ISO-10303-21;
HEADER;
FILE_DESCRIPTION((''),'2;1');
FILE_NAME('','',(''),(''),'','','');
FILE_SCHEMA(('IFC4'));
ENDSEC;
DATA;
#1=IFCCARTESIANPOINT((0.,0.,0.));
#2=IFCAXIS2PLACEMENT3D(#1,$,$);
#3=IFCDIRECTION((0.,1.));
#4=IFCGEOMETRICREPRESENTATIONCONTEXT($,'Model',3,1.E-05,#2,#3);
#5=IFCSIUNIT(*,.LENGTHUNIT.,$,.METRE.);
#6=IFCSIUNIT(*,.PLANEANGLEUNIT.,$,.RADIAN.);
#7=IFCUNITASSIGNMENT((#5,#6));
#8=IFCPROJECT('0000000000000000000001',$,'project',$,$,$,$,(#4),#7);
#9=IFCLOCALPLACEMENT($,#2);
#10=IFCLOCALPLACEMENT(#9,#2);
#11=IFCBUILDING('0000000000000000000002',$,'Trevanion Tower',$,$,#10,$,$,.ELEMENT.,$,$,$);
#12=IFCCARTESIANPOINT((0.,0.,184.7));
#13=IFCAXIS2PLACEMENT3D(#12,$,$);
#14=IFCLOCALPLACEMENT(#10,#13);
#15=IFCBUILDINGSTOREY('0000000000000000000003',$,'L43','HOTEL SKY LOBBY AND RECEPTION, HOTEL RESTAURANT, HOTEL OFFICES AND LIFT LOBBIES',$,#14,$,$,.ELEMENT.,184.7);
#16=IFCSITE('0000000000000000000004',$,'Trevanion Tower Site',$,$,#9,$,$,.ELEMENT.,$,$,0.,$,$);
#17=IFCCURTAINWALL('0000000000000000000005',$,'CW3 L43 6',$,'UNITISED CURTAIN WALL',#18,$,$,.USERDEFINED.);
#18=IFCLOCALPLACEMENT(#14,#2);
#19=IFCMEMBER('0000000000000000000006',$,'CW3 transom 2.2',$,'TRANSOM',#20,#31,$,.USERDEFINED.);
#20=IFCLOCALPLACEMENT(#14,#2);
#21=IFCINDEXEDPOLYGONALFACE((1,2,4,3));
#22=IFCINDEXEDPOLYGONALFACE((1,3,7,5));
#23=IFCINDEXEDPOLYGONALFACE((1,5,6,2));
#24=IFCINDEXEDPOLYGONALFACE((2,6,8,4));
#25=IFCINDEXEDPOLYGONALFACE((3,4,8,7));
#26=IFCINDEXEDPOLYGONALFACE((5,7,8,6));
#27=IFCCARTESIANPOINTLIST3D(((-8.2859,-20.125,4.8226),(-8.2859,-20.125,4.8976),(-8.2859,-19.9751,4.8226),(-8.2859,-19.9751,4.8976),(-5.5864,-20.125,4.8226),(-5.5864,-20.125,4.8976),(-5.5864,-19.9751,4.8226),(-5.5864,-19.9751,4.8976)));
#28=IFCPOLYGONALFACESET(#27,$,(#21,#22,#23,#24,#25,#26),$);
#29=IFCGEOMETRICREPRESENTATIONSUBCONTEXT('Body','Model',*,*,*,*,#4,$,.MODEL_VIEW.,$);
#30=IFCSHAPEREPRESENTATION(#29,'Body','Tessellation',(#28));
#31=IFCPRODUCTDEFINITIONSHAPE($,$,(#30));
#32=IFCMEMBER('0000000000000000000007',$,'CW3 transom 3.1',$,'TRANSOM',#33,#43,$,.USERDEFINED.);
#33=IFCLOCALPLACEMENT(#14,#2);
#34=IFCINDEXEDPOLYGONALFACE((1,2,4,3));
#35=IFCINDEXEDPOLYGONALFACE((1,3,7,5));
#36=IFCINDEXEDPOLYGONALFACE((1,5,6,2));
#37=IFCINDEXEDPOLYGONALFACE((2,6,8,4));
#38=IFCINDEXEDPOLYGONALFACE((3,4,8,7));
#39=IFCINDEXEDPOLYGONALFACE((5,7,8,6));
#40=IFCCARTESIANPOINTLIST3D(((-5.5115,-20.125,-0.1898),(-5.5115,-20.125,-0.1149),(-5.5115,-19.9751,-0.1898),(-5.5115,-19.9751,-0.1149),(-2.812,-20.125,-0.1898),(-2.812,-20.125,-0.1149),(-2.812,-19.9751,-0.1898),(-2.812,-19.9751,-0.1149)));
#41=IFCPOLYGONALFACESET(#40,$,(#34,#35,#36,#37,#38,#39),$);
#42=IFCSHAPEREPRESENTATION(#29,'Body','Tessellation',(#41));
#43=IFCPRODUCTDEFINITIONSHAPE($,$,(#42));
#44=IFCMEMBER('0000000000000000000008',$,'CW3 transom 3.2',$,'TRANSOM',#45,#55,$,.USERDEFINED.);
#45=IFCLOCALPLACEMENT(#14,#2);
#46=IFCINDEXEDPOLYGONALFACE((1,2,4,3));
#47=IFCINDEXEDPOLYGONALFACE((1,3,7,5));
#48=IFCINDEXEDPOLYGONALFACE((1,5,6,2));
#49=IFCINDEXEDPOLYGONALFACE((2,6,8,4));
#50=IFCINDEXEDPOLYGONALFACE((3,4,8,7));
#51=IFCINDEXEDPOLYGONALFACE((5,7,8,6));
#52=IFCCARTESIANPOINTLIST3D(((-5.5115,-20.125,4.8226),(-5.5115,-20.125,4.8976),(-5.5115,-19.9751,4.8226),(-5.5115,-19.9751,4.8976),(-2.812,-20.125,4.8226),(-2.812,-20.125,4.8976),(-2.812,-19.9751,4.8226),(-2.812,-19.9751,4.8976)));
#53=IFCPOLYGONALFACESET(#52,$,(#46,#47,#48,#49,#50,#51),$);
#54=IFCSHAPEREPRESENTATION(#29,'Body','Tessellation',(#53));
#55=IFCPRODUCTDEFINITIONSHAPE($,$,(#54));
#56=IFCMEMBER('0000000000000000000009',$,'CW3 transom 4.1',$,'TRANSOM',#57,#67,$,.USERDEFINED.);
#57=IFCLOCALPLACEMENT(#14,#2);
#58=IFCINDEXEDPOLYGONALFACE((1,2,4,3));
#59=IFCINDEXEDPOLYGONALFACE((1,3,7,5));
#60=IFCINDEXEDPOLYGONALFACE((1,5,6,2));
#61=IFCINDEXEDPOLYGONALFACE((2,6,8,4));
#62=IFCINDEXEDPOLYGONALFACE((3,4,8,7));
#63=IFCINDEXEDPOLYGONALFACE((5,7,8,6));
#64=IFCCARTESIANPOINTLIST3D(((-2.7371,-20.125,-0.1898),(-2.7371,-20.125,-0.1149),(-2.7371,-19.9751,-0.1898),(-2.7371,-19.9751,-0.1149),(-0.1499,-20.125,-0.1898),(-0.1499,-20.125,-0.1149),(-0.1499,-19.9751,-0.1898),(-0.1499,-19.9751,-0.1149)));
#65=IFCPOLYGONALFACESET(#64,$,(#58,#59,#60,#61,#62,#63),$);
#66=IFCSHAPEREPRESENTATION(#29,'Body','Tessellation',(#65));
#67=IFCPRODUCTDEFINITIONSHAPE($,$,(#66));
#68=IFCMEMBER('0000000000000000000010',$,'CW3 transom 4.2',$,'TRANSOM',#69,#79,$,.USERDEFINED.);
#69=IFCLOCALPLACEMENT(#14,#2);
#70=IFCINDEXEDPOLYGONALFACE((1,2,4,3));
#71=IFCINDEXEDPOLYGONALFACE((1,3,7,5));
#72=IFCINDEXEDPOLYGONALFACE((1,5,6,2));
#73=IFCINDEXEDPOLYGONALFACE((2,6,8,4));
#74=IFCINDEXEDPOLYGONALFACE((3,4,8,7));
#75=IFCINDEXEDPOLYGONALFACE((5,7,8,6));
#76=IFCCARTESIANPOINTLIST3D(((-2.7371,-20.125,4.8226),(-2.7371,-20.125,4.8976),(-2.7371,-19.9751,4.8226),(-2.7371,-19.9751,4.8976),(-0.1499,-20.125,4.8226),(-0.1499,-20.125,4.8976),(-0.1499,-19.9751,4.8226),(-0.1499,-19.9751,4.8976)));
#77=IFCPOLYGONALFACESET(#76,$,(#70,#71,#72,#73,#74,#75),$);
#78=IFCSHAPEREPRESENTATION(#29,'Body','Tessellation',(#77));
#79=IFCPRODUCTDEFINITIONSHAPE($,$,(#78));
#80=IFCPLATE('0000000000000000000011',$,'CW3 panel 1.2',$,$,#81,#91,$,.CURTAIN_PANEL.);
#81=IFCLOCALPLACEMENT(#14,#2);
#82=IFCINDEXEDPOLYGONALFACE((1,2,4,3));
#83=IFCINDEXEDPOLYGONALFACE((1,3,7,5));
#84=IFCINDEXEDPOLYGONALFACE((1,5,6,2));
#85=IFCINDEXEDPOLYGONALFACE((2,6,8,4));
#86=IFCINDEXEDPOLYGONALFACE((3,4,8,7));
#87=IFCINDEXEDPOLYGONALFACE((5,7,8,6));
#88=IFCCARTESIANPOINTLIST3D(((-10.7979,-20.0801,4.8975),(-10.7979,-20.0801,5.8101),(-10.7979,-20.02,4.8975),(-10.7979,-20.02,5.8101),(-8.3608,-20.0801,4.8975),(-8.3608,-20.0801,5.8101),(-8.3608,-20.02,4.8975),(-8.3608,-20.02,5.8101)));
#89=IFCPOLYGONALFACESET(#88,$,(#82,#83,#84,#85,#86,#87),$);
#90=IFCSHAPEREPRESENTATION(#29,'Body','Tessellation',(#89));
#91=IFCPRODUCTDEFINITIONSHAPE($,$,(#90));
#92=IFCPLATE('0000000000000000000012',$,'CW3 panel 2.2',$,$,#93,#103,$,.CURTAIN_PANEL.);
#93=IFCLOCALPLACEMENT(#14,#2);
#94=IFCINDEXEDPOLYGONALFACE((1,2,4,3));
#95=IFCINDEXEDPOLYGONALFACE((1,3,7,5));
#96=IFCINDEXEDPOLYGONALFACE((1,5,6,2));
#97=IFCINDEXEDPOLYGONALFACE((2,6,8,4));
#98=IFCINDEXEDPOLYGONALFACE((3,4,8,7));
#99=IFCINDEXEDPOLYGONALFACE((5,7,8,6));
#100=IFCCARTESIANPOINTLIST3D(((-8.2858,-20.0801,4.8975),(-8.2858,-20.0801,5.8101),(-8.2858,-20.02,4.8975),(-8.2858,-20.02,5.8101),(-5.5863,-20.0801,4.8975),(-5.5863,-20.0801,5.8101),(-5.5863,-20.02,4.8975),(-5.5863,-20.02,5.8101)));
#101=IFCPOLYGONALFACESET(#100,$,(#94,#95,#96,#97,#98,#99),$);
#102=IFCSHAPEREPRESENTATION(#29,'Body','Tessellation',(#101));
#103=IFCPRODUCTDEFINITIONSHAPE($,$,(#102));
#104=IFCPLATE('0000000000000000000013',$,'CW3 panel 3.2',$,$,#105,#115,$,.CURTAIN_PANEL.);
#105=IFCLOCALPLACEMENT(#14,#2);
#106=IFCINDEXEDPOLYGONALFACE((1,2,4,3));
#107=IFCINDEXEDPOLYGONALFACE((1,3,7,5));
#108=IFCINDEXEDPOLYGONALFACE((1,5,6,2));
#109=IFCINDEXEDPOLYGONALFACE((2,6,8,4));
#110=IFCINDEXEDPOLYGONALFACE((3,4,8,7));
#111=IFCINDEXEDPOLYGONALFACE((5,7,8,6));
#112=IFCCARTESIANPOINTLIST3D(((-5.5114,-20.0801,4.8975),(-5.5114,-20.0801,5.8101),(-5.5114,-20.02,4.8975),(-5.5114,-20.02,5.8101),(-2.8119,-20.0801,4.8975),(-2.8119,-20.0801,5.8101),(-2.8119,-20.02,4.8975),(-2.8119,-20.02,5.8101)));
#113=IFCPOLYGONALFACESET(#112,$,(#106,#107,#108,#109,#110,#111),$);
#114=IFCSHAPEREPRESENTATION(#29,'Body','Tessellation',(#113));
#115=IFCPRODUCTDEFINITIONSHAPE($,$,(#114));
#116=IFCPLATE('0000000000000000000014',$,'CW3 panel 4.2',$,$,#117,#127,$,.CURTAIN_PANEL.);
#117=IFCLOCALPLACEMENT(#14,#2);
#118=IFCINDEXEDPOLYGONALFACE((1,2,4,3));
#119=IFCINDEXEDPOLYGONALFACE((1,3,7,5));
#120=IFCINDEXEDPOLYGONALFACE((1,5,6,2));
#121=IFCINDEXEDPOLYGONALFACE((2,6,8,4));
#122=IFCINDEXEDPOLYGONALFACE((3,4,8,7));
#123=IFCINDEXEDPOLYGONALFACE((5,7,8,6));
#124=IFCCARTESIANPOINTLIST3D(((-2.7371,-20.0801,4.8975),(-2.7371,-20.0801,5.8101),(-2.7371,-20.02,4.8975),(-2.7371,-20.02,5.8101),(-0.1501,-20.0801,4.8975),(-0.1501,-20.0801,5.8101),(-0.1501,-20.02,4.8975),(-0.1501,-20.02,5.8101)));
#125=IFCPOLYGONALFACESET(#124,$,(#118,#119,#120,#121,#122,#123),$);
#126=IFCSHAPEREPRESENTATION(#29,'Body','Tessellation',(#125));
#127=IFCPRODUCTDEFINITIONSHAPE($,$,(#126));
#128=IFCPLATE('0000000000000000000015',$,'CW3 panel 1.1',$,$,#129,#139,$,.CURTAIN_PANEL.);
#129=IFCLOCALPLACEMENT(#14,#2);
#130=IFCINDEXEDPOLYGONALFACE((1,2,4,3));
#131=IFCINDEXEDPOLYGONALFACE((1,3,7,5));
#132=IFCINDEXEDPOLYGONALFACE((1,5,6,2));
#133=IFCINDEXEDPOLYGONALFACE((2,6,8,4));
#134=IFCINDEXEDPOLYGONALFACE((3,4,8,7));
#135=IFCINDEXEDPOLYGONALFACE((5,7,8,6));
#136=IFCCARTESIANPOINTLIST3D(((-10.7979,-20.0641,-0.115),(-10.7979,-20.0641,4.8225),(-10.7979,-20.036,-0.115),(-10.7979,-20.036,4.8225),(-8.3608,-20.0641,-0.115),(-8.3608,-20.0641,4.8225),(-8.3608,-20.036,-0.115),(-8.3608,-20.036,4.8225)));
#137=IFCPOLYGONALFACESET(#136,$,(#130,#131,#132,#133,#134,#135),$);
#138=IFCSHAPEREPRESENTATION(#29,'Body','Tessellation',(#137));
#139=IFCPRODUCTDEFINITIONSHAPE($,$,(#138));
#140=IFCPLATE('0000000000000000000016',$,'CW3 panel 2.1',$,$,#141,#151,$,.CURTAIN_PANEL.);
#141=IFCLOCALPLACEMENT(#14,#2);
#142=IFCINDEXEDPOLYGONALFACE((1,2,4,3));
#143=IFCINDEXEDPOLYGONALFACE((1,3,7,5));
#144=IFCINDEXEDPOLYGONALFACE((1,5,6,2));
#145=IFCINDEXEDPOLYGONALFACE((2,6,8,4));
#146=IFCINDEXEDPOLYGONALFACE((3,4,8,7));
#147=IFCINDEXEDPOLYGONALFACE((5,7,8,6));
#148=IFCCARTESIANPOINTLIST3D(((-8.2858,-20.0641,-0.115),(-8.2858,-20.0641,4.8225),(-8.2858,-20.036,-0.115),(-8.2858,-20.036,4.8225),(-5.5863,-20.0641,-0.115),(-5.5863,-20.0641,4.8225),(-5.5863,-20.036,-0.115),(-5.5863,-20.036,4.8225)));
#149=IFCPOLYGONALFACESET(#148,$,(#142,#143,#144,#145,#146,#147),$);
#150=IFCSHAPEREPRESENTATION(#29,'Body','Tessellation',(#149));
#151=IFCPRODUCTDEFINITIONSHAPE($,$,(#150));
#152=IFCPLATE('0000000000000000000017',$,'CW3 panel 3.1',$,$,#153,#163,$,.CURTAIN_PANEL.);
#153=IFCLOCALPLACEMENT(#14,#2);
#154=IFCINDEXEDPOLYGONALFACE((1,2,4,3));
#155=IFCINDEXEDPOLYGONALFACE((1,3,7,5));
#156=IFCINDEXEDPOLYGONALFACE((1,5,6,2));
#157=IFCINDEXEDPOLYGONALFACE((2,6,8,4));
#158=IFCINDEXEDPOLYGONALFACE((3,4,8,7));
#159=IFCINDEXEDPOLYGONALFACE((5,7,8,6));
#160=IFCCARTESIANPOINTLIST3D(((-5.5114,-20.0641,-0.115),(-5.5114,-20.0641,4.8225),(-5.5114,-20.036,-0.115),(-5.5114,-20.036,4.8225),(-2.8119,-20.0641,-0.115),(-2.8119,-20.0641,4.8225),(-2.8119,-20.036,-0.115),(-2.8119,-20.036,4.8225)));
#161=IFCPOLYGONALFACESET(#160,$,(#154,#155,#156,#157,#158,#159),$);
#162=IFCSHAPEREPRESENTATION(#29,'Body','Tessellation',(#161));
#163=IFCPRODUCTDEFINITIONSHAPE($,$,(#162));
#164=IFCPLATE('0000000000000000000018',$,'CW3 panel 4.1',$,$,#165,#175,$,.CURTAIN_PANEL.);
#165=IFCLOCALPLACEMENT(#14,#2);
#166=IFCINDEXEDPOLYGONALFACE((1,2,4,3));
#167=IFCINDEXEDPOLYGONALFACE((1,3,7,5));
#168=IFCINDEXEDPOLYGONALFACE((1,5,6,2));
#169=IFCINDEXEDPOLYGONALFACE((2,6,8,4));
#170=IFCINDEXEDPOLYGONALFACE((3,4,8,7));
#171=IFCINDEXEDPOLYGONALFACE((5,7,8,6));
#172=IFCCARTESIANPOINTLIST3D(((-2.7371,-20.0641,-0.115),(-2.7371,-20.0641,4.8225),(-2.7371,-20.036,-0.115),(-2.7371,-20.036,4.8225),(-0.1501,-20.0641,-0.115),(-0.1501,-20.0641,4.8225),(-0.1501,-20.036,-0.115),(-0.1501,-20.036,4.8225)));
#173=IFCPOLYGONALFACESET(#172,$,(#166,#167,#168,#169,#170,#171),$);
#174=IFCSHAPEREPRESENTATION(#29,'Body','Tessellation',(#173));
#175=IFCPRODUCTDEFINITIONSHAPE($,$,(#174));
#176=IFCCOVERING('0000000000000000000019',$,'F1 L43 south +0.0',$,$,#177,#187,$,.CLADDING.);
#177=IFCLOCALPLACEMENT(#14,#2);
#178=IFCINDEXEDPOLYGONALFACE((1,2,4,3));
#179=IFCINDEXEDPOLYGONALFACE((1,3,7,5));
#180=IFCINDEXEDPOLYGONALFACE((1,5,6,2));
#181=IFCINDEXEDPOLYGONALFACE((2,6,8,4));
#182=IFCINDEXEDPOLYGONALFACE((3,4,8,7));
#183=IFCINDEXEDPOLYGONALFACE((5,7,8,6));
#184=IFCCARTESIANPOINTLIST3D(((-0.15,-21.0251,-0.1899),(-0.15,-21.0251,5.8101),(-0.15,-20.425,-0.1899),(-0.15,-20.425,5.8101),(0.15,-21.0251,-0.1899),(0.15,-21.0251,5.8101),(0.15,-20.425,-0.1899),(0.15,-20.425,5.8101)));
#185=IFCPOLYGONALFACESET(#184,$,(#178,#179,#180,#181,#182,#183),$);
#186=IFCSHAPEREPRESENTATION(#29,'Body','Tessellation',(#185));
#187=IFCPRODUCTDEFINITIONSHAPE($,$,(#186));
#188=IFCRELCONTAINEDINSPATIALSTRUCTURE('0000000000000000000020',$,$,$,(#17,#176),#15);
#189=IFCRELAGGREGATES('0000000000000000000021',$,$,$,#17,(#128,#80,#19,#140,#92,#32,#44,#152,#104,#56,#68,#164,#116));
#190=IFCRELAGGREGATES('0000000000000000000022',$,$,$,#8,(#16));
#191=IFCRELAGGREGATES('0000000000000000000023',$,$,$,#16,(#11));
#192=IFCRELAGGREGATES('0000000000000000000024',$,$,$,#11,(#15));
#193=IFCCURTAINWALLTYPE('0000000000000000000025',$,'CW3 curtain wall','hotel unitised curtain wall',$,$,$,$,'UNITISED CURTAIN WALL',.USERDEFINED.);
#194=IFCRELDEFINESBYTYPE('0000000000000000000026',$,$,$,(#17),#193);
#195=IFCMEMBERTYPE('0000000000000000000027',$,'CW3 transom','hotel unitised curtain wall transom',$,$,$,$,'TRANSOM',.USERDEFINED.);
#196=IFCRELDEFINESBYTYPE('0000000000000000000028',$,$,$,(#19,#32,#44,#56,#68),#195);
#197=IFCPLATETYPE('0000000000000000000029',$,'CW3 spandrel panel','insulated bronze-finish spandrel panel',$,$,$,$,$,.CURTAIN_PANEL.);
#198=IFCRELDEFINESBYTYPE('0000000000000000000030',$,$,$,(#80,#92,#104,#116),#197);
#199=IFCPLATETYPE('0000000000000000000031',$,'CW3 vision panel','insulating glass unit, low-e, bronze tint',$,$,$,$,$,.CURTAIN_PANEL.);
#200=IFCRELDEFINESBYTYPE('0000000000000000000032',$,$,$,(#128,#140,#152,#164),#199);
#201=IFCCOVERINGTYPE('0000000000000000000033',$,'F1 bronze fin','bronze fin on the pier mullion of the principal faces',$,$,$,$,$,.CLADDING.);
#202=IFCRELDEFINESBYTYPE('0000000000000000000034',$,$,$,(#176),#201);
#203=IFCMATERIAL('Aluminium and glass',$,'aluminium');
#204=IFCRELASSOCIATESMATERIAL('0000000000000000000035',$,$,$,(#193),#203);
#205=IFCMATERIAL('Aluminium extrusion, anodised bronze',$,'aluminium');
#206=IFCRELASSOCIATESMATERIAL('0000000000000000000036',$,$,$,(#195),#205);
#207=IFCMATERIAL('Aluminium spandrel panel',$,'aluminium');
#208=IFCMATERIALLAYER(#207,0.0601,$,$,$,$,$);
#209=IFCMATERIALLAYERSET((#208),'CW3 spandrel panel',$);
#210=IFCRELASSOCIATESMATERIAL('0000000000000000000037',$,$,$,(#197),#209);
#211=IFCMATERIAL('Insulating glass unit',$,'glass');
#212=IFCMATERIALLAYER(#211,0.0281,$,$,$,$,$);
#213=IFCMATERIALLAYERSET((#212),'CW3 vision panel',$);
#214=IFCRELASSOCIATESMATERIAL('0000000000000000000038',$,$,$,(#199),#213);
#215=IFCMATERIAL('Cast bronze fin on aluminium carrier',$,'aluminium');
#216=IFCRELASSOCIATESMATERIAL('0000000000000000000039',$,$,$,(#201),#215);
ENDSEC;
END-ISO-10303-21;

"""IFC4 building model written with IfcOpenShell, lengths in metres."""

from ifc_helpers import new_model, si_unit, direction, frame, origin, origin_2d, place, context, subcontext, project, spatial, rectangle, extrude, material, layer, layer_set, material_profile, profile_set, type_object, element, aggregate, save


model = new_model("IFC4")

# Units and contexts
model_context = context("Model", 3, precision=1e-05, world=origin(), true_north=direction((0.0, 1.0)))
body_context = subcontext(model_context, "Body", "Model", "MODEL_VIEW")
ifc_project = project(units=[si_unit("LENGTHUNIT", "METRE"), si_unit("PLANEANGLEUNIT", "RADIAN")], contexts=[model_context])

# Site, building, storey
site_placement = place(None, origin())
site = spatial("IfcSite", under=ifc_project, at=site_placement, Name="Trevanion Tower Site", CompositionType="ELEMENT", RefElevation=0.0)
building_placement = place(site_placement, origin())
building = spatial("IfcBuilding", under=site, at=building_placement, Name="Trevanion Tower", CompositionType="ELEMENT")
storey_placement = place(building_placement, frame((0.0, 0.0, 184.7)))
storey = spatial("IfcBuildingStorey", under=building, at=storey_placement, Name="L43", Description="HOTEL SKY LOBBY AND RECEPTION, HOTEL RESTAURANT, HOTEL OFFICES AND LIFT LOBBIES", CompositionType="ELEMENT", Elevation=184.7)

# Curtain wall, members, plates
ifc_material_1 = material(Name="Aluminium and glass", Category="aluminium")
curtain_wall_type = type_object("IfcCurtainWallType", Name="CW3 curtain wall", Description="hotel unitised curtain wall", ElementType="UNITISED CURTAIN WALL", PredefinedType="USERDEFINED", material=ifc_material_1)
curtain_wall_placement = place(storey_placement, origin())
curtain_wall = element("IfcCurtainWall", 1, at=curtain_wall_placement, inside=storey, type_object=curtain_wall_type, Name="CW3 L43 6", ObjectType="UNITISED CURTAIN WALL", PredefinedType="USERDEFINED")
ifc_material_2 = material(Name="Aluminium extrusion, anodised bronze", Category="aluminium")
ifc_material_profile_1 = material_profile(ifc_material_2, rectangle(XDim=0.1499, YDim=0.075, at=origin_2d()), Name="CW3 transom")
ifc_profile_set_1 = profile_set([ifc_material_profile_1], Name="Aluminium extrusion, anodised bronze")
member_type_1 = type_object("IfcMemberType", Name="CW3 transom", Description="hotel unitised curtain wall transom", ElementType="TRANSOM", PredefinedType="USERDEFINED", material=ifc_profile_set_1)
member_1_placement = place(storey_placement, frame((-8.2859, -20.05, 4.8601), z_axis=(1.0, 0.0, 0.0), x_axis=(0.0, 1.0, 0.0)))
member_1 = element("IfcMember", 2, at=member_1_placement, type_object=member_type_1, Name="CW3 transom 2.2", ObjectType="TRANSOM", PredefinedType="USERDEFINED", context=body_context, shape_type="SweptSolid", body=[
    extrude(rectangle(XDim=0.1499, YDim=0.075, at=origin_2d()), origin(), (0.0, 0.0, 1.0), 2.6995),
])
member_2_placement = place(storey_placement, frame((-5.5115, -20.05, -0.1523), z_axis=(1.0, 0.0, 0.0), x_axis=(0.0, 1.0, 0.0)))
member_2 = element("IfcMember", 3, at=member_2_placement, type_object=member_type_1, Name="CW3 transom 3.1", ObjectType="TRANSOM", PredefinedType="USERDEFINED", context=body_context, shape_type="SweptSolid", body=[
    extrude(rectangle(XDim=0.1499, YDim=0.075, at=origin_2d()), origin(), (0.0, 0.0, 1.0), 2.6995),
])
member_3_placement = place(storey_placement, frame((-5.5115, -20.05, 4.8601), z_axis=(1.0, 0.0, 0.0), x_axis=(0.0, 1.0, 0.0)))
member_3 = element("IfcMember", 4, at=member_3_placement, type_object=member_type_1, Name="CW3 transom 3.2", ObjectType="TRANSOM", PredefinedType="USERDEFINED", context=body_context, shape_type="SweptSolid", body=[
    extrude(rectangle(XDim=0.1499, YDim=0.075, at=origin_2d()), origin(), (0.0, 0.0, 1.0), 2.6995),
])
member_4_placement = place(storey_placement, frame((-2.7371, -20.05, -0.1523), z_axis=(1.0, 0.0, 0.0), x_axis=(0.0, 1.0, 0.0)))
member_4 = element("IfcMember", 5, at=member_4_placement, type_object=member_type_1, Name="CW3 transom 4.1", ObjectType="TRANSOM", PredefinedType="USERDEFINED", context=body_context, shape_type="SweptSolid", body=[
    extrude(rectangle(XDim=0.1499, YDim=0.075, at=origin_2d()), origin(), (0.0, 0.0, 1.0), 2.5872),
])
member_5_placement = place(storey_placement, frame((-2.7371, -20.05, 4.8601), z_axis=(1.0, 0.0, 0.0), x_axis=(0.0, 1.0, 0.0)))
member_5 = element("IfcMember", 6, at=member_5_placement, type_object=member_type_1, Name="CW3 transom 4.2", ObjectType="TRANSOM", PredefinedType="USERDEFINED", context=body_context, shape_type="SweptSolid", body=[
    extrude(rectangle(XDim=0.1499, YDim=0.075, at=origin_2d()), origin(), (0.0, 0.0, 1.0), 2.5872),
])
ifc_material_3 = material(Name="Aluminium spandrel panel", Category="aluminium")
ifc_layer_1 = layer(ifc_material_3, 0.0601)
ifc_layer_set_1 = layer_set([ifc_layer_1], Name="CW3 spandrel panel")
plate_type_1 = type_object("IfcPlateType", Name="CW3 spandrel panel", Description="insulated bronze-finish spandrel panel", PredefinedType="CURTAIN_PANEL", material=ifc_layer_set_1)
plate_1_placement = place(storey_placement, frame((-9.5793, -20.05, 4.8975), z_axis=(0.0, 0.0, 1.0), x_axis=(1.0, 0.0, 0.0)))
plate_1 = element("IfcPlate", 7, at=plate_1_placement, type_object=plate_type_1, Name="CW3 panel 1.2", PredefinedType="CURTAIN_PANEL", context=body_context, shape_type="SweptSolid", body=[
    extrude(rectangle(XDim=2.437, YDim=0.0601, at=origin_2d()), origin(), (0.0, 0.0, 1.0), 0.9126),
])
plate_2_placement = place(storey_placement, frame((-6.936, -20.05, 4.8975), z_axis=(0.0, 0.0, 1.0), x_axis=(1.0, 0.0, 0.0)))
plate_2 = element("IfcPlate", 8, at=plate_2_placement, type_object=plate_type_1, Name="CW3 panel 2.2", PredefinedType="CURTAIN_PANEL", context=body_context, shape_type="SweptSolid", body=[
    extrude(rectangle(XDim=2.6995, YDim=0.0601, at=origin_2d()), origin(), (0.0, 0.0, 1.0), 0.9126),
])
plate_3_placement = place(storey_placement, frame((-4.1616, -20.05, 4.8975), z_axis=(0.0, 0.0, 1.0), x_axis=(1.0, 0.0, 0.0)))
plate_3 = element("IfcPlate", 9, at=plate_3_placement, type_object=plate_type_1, Name="CW3 panel 3.2", PredefinedType="CURTAIN_PANEL", context=body_context, shape_type="SweptSolid", body=[
    extrude(rectangle(XDim=2.6995, YDim=0.0601, at=origin_2d()), origin(), (0.0, 0.0, 1.0), 0.9126),
])
plate_4_placement = place(storey_placement, frame((-1.4436, -20.05, 4.8975), z_axis=(0.0, 0.0, 1.0), x_axis=(1.0, 0.0, 0.0)))
plate_4 = element("IfcPlate", 10, at=plate_4_placement, type_object=plate_type_1, Name="CW3 panel 4.2", PredefinedType="CURTAIN_PANEL", context=body_context, shape_type="SweptSolid", body=[
    extrude(rectangle(XDim=2.5869, YDim=0.0601, at=origin_2d()), origin(), (0.0, 0.0, 1.0), 0.9126),
])
ifc_material_4 = material(Name="Insulating glass unit", Category="glass")
ifc_layer_2 = layer(ifc_material_4, 0.0281)
ifc_layer_set_2 = layer_set([ifc_layer_2], Name="CW3 vision panel")
plate_type_2 = type_object("IfcPlateType", Name="CW3 vision panel", Description="insulating glass unit, low-e, bronze tint", PredefinedType="CURTAIN_PANEL", material=ifc_layer_set_2)
plate_5_placement = place(storey_placement, frame((-9.5793, -20.05, -0.115), z_axis=(0.0, 0.0, 1.0), x_axis=(1.0, 0.0, 0.0)))
plate_5 = element("IfcPlate", 11, at=plate_5_placement, type_object=plate_type_2, Name="CW3 panel 1.1", PredefinedType="CURTAIN_PANEL", context=body_context, shape_type="SweptSolid", body=[
    extrude(rectangle(XDim=2.437, YDim=0.0281, at=origin_2d()), origin(), (0.0, 0.0, 1.0), 4.9375),
])
plate_6_placement = place(storey_placement, frame((-6.936, -20.05, -0.115), z_axis=(0.0, 0.0, 1.0), x_axis=(1.0, 0.0, 0.0)))
plate_6 = element("IfcPlate", 12, at=plate_6_placement, type_object=plate_type_2, Name="CW3 panel 2.1", PredefinedType="CURTAIN_PANEL", context=body_context, shape_type="SweptSolid", body=[
    extrude(rectangle(XDim=2.6995, YDim=0.0281, at=origin_2d()), origin(), (0.0, 0.0, 1.0), 4.9375),
])
plate_7_placement = place(storey_placement, frame((-4.1616, -20.05, -0.115), z_axis=(0.0, 0.0, 1.0), x_axis=(1.0, 0.0, 0.0)))
plate_7 = element("IfcPlate", 13, at=plate_7_placement, type_object=plate_type_2, Name="CW3 panel 3.1", PredefinedType="CURTAIN_PANEL", context=body_context, shape_type="SweptSolid", body=[
    extrude(rectangle(XDim=2.6995, YDim=0.0281, at=origin_2d()), origin(), (0.0, 0.0, 1.0), 4.9375),
])
plate_8_placement = place(storey_placement, frame((-1.4436, -20.05, -0.115), z_axis=(0.0, 0.0, 1.0), x_axis=(1.0, 0.0, 0.0)))
plate_8 = element("IfcPlate", 14, at=plate_8_placement, type_object=plate_type_2, Name="CW3 panel 4.1", PredefinedType="CURTAIN_PANEL", context=body_context, shape_type="SweptSolid", body=[
    extrude(rectangle(XDim=2.5869, YDim=0.0281, at=origin_2d()), origin(), (0.0, 0.0, 1.0), 4.9375),
])
aggregate(curtain_wall, [plate_5, plate_1, member_1, plate_6, plate_2, member_2, member_3, plate_7, plate_3, member_4, member_5, plate_8, plate_4])

# Covering
ifc_material_5 = material(Name="Cast bronze fin on aluminium carrier", Category="aluminium")
covering_type = type_object("IfcCoveringType", Name="F1 bronze fin", Description="bronze fin on the pier mullion of the principal faces", PredefinedType="CLADDING", material=ifc_material_5)
covering_placement = place(storey_placement, frame((0.0, -20.7251, -0.1899), z_axis=(0.0, 0.0, 1.0), x_axis=(1.0, 0.0, 0.0)))
element("IfcCovering", 15, at=covering_placement, inside=storey, type_object=covering_type, Name="F1 L43 south +0.0", PredefinedType="CLADDING", context=body_context, shape_type="SweptSolid", body=[
    extrude(rectangle(XDim=0.3, YDim=0.6001, at=origin_2d()), origin(), (0.0, 0.0, 1.0), 6.0),
])

save(model, "model.ifc")
